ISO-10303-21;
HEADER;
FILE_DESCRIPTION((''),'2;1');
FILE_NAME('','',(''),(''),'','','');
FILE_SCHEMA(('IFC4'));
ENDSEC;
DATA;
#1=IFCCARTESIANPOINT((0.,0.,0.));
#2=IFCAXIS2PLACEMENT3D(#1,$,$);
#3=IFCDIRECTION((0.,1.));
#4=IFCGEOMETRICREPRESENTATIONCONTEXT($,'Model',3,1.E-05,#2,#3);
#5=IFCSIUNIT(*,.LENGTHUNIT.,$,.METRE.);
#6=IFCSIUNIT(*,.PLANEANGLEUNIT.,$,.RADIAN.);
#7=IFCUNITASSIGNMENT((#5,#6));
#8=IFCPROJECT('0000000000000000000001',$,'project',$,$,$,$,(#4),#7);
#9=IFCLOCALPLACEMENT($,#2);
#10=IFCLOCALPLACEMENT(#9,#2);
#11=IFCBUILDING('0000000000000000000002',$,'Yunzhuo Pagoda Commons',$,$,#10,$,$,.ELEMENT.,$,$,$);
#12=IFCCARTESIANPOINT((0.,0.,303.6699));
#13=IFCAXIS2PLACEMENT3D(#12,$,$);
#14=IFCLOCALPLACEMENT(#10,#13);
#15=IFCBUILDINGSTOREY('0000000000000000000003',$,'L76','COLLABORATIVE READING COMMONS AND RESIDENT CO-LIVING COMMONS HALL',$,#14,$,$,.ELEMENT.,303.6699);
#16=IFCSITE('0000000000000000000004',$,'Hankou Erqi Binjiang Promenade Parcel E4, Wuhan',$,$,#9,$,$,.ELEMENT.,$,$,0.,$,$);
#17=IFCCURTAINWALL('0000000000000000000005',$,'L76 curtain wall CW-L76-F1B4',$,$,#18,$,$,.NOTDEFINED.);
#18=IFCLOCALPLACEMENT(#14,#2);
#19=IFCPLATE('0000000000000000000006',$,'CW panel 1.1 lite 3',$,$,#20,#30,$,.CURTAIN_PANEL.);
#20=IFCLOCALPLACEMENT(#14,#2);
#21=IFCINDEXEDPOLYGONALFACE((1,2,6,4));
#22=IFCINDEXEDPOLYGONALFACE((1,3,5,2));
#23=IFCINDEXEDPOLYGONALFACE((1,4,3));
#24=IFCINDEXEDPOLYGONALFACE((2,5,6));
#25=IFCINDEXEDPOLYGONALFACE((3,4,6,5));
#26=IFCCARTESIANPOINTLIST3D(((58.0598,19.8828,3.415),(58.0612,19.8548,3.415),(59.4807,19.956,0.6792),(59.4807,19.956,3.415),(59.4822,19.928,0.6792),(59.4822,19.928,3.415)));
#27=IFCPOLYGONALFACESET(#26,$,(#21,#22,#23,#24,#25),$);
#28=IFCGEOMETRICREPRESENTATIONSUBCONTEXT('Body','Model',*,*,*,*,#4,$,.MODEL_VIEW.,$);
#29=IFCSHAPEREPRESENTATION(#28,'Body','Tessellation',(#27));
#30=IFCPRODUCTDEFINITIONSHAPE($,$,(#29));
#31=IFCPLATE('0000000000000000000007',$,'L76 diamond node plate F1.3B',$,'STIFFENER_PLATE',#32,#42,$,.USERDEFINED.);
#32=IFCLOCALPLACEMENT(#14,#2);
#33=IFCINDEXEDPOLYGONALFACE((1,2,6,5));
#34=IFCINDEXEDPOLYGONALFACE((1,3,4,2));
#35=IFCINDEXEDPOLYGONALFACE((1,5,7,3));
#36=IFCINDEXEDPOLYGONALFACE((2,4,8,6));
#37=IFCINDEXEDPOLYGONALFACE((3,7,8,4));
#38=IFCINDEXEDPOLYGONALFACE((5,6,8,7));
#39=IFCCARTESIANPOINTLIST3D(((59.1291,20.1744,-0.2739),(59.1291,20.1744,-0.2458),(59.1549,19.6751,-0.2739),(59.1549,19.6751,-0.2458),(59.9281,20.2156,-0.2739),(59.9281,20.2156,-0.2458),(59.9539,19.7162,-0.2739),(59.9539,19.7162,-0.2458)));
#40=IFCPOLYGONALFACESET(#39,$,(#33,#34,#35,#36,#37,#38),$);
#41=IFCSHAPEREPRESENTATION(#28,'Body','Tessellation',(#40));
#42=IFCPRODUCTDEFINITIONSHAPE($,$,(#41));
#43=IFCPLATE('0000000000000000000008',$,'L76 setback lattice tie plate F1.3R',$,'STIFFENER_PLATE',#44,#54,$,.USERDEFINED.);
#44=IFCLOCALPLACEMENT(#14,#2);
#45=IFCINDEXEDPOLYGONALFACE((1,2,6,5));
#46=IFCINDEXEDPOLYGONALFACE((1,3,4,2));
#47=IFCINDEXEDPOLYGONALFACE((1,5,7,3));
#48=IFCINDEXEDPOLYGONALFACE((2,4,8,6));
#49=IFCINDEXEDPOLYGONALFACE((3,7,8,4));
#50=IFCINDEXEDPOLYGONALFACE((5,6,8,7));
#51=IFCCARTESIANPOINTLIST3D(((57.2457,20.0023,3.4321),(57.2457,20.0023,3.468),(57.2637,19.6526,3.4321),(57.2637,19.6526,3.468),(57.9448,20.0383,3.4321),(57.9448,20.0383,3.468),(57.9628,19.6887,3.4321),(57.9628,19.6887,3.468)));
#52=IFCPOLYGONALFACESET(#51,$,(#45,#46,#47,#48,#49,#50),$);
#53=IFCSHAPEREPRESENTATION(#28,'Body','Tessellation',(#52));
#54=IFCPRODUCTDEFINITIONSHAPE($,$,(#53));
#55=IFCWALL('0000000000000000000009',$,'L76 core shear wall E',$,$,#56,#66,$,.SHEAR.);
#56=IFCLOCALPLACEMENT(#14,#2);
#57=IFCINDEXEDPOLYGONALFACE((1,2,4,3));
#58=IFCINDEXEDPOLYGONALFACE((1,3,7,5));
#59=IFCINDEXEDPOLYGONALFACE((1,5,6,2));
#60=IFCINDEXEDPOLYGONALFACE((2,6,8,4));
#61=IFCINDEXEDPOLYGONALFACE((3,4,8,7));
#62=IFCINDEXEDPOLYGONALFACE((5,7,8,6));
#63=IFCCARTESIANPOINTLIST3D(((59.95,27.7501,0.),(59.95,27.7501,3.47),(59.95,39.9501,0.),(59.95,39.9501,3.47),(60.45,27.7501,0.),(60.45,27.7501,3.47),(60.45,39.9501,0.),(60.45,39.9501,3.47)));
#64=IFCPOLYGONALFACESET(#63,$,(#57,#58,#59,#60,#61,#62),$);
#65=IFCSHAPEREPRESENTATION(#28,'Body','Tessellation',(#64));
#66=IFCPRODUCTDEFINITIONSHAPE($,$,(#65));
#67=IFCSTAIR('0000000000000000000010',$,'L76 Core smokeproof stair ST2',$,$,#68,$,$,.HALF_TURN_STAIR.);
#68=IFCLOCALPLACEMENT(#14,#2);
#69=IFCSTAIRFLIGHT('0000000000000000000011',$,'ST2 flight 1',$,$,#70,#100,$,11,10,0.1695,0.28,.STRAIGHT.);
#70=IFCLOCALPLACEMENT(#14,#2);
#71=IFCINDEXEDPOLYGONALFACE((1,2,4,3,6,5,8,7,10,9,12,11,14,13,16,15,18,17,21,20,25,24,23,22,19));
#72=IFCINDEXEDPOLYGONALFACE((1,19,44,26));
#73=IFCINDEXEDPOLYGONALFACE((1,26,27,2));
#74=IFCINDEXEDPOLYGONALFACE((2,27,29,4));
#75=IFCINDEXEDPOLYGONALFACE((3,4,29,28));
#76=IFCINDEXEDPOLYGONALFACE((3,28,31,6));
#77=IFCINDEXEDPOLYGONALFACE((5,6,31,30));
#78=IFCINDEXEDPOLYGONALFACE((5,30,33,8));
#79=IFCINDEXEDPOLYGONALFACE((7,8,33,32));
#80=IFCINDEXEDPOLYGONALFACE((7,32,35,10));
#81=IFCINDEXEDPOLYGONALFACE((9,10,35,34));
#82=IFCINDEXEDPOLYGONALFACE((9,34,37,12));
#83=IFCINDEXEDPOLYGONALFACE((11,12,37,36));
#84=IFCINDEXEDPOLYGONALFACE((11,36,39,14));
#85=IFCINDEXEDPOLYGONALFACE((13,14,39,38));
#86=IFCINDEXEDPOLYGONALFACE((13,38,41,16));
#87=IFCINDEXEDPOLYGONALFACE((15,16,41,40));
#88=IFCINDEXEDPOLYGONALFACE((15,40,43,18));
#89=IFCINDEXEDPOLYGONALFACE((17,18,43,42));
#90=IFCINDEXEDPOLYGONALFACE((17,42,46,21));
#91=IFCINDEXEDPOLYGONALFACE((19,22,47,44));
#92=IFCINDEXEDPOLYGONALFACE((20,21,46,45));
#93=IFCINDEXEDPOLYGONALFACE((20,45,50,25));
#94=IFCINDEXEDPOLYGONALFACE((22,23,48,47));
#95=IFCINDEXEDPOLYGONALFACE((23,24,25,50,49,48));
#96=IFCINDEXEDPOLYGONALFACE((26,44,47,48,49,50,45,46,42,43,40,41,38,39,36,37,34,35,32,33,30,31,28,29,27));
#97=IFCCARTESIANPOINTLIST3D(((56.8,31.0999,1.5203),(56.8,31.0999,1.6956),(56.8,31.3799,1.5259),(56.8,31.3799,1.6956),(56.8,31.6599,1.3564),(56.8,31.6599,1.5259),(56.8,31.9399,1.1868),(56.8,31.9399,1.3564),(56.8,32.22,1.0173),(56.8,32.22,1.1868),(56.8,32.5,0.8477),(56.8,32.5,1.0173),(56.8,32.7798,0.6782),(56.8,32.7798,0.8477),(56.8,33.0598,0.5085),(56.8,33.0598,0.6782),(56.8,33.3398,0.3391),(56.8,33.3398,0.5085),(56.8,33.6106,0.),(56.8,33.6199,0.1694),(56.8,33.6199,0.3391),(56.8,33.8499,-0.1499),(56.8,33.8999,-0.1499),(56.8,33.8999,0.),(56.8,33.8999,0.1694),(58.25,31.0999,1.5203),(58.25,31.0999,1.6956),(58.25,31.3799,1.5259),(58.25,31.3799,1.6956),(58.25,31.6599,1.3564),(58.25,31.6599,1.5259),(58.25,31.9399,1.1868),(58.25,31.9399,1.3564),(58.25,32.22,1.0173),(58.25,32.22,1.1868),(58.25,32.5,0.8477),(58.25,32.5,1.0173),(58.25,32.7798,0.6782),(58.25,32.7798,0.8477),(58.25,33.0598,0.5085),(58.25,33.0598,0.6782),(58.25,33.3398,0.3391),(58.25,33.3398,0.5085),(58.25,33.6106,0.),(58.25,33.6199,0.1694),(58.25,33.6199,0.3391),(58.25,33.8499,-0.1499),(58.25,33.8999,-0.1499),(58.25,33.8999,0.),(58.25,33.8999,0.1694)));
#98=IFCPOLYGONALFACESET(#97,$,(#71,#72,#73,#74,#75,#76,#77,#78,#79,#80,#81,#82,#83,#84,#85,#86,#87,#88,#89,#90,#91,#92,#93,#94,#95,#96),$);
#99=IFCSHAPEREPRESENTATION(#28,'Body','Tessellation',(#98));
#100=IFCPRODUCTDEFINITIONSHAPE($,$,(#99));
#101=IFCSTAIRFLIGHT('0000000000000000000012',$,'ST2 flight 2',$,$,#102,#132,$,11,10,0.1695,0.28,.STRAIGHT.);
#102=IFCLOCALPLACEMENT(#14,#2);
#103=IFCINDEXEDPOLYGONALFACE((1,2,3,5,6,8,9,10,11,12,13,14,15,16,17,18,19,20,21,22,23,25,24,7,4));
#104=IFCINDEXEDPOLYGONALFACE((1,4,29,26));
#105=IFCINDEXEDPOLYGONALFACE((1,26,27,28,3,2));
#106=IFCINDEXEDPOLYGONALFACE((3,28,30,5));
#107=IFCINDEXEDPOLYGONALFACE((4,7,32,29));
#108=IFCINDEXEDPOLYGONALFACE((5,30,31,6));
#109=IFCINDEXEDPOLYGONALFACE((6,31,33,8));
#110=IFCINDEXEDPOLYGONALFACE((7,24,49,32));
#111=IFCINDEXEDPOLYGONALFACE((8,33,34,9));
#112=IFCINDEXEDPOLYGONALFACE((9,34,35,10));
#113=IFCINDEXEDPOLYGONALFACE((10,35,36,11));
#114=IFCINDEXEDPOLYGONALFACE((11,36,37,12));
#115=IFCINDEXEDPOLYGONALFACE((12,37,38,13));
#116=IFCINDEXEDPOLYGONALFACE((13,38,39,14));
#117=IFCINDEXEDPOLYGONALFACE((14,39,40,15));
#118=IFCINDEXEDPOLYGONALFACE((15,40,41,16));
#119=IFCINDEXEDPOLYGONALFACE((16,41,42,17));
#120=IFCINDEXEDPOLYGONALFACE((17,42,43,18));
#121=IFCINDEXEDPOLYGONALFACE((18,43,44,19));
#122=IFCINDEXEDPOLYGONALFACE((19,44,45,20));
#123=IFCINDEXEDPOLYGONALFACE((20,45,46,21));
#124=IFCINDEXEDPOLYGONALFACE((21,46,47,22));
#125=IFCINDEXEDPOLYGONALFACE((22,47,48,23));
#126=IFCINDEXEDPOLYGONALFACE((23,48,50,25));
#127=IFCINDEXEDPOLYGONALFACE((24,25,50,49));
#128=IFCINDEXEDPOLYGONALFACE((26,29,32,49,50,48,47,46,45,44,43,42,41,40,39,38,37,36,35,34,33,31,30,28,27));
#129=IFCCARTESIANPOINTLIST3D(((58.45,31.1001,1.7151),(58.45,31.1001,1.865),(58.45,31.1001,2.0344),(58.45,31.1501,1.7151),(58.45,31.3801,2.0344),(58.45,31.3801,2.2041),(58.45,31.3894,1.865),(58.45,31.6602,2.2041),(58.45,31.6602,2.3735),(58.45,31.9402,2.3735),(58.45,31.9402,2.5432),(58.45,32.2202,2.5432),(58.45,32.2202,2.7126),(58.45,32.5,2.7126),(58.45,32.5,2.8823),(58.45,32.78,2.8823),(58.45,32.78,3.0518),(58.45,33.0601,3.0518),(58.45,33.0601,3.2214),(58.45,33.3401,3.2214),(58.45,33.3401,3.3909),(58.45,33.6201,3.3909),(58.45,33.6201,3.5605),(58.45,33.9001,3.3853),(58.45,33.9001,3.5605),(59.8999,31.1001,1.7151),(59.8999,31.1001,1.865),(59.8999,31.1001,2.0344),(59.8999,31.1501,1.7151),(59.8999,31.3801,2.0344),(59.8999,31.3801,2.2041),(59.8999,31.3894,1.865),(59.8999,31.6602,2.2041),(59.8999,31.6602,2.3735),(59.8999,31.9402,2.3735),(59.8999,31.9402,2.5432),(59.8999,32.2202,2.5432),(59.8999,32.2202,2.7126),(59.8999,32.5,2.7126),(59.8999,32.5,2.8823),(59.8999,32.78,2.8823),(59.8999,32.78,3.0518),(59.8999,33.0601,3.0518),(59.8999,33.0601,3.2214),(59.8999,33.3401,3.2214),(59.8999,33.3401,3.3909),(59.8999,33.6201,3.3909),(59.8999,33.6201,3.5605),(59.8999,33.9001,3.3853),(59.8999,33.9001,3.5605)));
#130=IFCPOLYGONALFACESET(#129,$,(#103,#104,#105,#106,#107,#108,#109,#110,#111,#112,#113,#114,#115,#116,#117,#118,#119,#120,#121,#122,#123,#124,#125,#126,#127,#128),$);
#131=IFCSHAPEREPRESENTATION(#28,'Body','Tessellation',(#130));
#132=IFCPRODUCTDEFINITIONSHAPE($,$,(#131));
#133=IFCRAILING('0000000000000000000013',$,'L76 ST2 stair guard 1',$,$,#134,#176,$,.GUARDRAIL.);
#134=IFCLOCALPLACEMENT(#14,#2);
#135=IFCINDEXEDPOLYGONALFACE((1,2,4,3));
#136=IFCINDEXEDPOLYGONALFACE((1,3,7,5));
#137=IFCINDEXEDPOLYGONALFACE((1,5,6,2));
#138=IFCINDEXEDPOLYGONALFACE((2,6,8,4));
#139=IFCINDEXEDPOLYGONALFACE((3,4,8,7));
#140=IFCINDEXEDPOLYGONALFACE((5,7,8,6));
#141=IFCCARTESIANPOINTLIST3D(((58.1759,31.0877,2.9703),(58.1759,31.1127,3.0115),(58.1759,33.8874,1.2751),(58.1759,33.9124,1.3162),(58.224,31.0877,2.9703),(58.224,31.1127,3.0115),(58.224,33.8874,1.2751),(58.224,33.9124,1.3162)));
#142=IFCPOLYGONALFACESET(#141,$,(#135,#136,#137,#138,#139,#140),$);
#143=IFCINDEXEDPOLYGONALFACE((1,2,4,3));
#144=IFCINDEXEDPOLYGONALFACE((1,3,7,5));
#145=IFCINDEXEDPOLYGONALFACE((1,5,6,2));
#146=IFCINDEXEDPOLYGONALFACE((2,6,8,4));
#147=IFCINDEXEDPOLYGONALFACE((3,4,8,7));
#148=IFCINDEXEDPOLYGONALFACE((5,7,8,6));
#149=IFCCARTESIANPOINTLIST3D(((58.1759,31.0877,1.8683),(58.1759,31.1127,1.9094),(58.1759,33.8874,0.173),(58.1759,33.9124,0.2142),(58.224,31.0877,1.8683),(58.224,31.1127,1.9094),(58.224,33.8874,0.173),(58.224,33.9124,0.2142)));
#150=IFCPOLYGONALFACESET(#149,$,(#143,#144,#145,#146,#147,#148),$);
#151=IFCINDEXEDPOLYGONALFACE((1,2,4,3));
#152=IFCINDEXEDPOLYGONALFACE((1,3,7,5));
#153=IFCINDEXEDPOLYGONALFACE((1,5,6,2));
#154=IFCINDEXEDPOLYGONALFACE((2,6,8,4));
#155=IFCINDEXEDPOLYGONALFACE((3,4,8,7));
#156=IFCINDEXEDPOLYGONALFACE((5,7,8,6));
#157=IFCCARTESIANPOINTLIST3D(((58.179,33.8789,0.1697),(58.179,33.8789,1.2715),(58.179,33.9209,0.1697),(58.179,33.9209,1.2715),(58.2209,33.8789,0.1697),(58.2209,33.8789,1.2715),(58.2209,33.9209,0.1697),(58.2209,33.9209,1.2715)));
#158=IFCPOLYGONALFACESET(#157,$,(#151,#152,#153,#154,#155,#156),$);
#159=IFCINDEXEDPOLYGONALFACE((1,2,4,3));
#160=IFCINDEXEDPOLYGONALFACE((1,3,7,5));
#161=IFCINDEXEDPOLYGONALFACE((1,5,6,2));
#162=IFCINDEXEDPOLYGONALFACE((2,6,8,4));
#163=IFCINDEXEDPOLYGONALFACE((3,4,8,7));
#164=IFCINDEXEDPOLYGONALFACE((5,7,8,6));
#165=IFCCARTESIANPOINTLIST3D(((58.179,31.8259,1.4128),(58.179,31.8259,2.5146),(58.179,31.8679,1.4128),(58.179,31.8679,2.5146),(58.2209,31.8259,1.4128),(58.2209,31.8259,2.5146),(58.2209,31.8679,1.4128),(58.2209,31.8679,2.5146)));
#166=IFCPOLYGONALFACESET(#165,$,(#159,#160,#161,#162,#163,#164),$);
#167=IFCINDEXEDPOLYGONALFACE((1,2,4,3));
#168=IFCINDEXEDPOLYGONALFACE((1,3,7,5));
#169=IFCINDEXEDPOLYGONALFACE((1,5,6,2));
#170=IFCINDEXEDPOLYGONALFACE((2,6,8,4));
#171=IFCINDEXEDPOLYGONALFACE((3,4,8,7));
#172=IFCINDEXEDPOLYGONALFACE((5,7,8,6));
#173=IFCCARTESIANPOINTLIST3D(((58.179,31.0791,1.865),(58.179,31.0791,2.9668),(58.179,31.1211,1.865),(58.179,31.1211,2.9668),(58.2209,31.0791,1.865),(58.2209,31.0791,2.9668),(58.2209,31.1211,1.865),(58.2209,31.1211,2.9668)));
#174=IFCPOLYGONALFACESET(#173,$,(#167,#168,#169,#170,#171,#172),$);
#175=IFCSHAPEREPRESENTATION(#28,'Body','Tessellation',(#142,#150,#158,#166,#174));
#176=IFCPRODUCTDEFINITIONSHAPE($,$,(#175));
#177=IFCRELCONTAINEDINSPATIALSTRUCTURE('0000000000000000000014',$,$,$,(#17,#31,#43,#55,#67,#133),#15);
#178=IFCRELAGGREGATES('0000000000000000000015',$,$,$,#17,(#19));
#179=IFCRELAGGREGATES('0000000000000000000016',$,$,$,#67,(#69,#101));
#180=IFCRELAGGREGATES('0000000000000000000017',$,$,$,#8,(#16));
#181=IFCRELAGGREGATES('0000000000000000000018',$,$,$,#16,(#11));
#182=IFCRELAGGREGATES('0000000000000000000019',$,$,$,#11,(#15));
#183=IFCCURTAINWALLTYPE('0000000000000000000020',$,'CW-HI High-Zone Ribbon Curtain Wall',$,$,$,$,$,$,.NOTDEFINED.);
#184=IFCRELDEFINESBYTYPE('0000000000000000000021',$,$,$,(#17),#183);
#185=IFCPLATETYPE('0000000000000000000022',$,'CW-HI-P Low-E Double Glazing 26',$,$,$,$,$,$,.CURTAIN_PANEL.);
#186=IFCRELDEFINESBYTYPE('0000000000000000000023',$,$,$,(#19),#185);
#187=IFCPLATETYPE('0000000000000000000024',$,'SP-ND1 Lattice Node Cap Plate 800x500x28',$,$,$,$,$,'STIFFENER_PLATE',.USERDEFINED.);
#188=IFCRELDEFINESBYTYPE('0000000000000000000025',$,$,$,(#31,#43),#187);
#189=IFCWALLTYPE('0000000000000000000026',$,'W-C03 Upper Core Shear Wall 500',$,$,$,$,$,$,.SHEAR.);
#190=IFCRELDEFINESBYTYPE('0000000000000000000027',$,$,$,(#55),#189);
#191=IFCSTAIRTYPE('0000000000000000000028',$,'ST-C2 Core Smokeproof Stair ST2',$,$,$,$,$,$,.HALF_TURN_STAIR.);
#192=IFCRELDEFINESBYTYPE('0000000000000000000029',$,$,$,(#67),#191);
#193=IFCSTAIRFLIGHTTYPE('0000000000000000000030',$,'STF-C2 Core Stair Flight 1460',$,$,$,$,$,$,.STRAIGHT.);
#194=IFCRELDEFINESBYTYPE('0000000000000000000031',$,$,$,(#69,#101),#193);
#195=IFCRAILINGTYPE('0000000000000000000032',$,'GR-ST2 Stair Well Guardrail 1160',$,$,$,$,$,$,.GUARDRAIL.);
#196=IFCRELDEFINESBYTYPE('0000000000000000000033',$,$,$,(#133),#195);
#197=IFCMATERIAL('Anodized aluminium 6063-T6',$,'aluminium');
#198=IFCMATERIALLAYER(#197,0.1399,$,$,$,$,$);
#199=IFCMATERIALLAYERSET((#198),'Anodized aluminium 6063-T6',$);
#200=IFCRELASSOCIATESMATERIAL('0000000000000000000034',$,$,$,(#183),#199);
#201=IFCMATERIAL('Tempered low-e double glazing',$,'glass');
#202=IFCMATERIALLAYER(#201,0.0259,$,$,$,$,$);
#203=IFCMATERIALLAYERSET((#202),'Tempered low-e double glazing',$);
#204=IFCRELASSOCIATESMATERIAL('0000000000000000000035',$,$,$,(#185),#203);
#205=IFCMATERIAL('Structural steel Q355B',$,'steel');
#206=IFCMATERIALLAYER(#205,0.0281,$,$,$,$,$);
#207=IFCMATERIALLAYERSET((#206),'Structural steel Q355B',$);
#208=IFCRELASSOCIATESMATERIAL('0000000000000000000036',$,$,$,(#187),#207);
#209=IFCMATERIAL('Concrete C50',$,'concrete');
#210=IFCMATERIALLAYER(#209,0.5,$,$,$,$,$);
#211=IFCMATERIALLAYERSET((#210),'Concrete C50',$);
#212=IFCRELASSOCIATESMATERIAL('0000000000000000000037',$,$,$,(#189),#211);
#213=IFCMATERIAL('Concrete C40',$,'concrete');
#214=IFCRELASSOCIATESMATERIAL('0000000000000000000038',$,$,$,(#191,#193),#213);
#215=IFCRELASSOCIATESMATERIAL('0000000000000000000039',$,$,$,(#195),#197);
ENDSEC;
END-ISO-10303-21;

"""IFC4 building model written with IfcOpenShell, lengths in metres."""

from ifc_helpers import new_model, si_unit, direction, frame, frame_2d, origin, origin_2d, place, context, subcontext, project, spatial, polyline, rectangle, outline, extrude, source, transform, mapped, material, layer, layer_set, type_object, element, aggregate, save


model = new_model("IFC4")

# Units and contexts
model_context = context("Model", 3, precision=1e-05, world=origin(), true_north=direction((0.0, 1.0)))
body_context = subcontext(model_context, "Body", "Model", "MODEL_VIEW")
ifc_project = project(units=[si_unit("LENGTHUNIT", "METRE"), si_unit("PLANEANGLEUNIT", "RADIAN")], contexts=[model_context])

# Site, building, storey
site_placement = place(None, origin())
site = spatial("IfcSite", under=ifc_project, at=site_placement, Name="Hankou Erqi Binjiang Promenade Parcel E4, Wuhan", CompositionType="ELEMENT", RefElevation=0.0)
building_placement = place(site_placement, origin())
building = spatial("IfcBuilding", under=site, at=building_placement, Name="Yunzhuo Pagoda Commons", CompositionType="ELEMENT")
storey_placement = place(building_placement, frame((0.0, 0.0, 303.6699)))
storey = spatial("IfcBuildingStorey", under=building, at=storey_placement, Name="L76", Description="COLLABORATIVE READING COMMONS AND RESIDENT CO-LIVING COMMONS HALL", CompositionType="ELEMENT", Elevation=303.6699)

# Shared definitions
ifc_material_1 = material(Name="Structural steel Q355B", Category="steel")

# Curtain wall
ifc_material_2 = material(Name="Anodized aluminium 6063-T6", Category="aluminium")
ifc_layer_1 = layer(ifc_material_2, 0.1399)
ifc_layer_set_1 = layer_set([ifc_layer_1], Name="Anodized aluminium 6063-T6")
curtain_wall_type = type_object("IfcCurtainWallType", Name="CW-HI High-Zone Ribbon Curtain Wall", PredefinedType="NOTDEFINED", material=ifc_layer_set_1)
curtain_wall_1_placement = place(storey_placement, origin())
curtain_wall_1 = element("IfcCurtainWall", 1, at=curtain_wall_1_placement, inside=storey, type_object=curtain_wall_type, Name="L76 curtain wall CW-L76-F1B4", PredefinedType="NOTDEFINED")

# Plate
ifc_material_3 = material(Name="Tempered low-e double glazing", Category="glass")
ifc_layer_2 = layer(ifc_material_3, 0.0259)
ifc_layer_set_2 = layer_set([ifc_layer_2], Name="Tempered low-e double glazing")
plate_type_1 = type_object("IfcPlateType", Name="CW-HI-P Low-E Double Glazing 26", PredefinedType="CURTAIN_PANEL", material=ifc_layer_set_2)
plate_1_placement = place(storey_placement, frame((58.7703, 19.9194, 2.0471), z_axis=(0.051462, -0.998675, 0.0), x_axis=(0.998675, 0.051462, 0.0)))
plate_1 = element("IfcPlate", 2, at=plate_1_placement, type_object=plate_type_1, Name="CW panel 1.1 lite 3", PredefinedType="CURTAIN_PANEL", context=body_context, shape_type="SweptSolid", body=[
    extrude(outline(polyline([(-0.7114, 1.3679), (0.7114, -1.3679), (0.7114, 1.3679), (-0.7114, 1.3679)])), origin(), (0.0, 0.0, 1.0), 0.0281),
])
aggregate(curtain_wall_1, [plate_1])

# Plates
ifc_layer_3 = layer(ifc_material_1, 0.0281)
ifc_layer_set_3 = layer_set([ifc_layer_3], Name="Structural steel Q355B")
plate_type_2 = type_object("IfcPlateType", Name="SP-ND1 Lattice Node Cap Plate 800x500x28", ElementType="STIFFENER_PLATE", PredefinedType="USERDEFINED", material=ifc_layer_set_3)
shared_shape_1 = source(origin(), body_context, "Body", "SweptSolid", [
    extrude(rectangle(XDim=0.8, YDim=0.5, at=origin_2d()), origin(), (0.0, 0.0, 1.0), 0.0281),
])
plate_2_placement = place(storey_placement, frame((59.5415, 19.9453, -0.2739), z_axis=(0.0, 0.0, 1.0), x_axis=(0.998675, 0.051464, 0.0)))
element("IfcPlate", 3, at=plate_2_placement, inside=storey, type_object=plate_type_2, Name="L76 diamond node plate F1.3B", ObjectType="STIFFENER_PLATE", PredefinedType="USERDEFINED", context=body_context, shape_type="MappedRepresentation", body=[
    mapped(shared_shape_1, transform((0.0, 0.0, 0.0), scale=1.0)),
])
shared_shape_2 = source(origin(), body_context, "Body", "SweptSolid", [
    extrude(rectangle(XDim=0.7, YDim=0.3501, at=origin_2d()), origin(), (0.0, 0.0, 1.0), 0.0359),
])
plate_3_placement = place(storey_placement, frame((57.6042, 19.8455, 3.4321), z_axis=(0.0, 0.0, 1.0), x_axis=(0.998675, 0.051464, 0.0)))
element("IfcPlate", 4, at=plate_3_placement, inside=storey, type_object=plate_type_2, Name="L76 setback lattice tie plate F1.3R", ObjectType="STIFFENER_PLATE", PredefinedType="USERDEFINED", context=body_context, shape_type="MappedRepresentation", body=[
    mapped(shared_shape_2, transform((0.0, 0.0, 0.0), scale=1.0)),
])

# Wall
ifc_material_4 = material(Name="Concrete C50", Category="concrete")
ifc_layer_4 = layer(ifc_material_4, 0.5)
ifc_layer_set_4 = layer_set([ifc_layer_4], Name="Concrete C50")
wall_type = type_object("IfcWallType", Name="W-C03 Upper Core Shear Wall 500", PredefinedType="SHEAR", material=ifc_layer_set_4)
wall_placement = place(storey_placement, frame((60.2, 27.75, 0.0), z_axis=(0.0, 0.0, 1.0), x_axis=(0.0, 1.0, 0.0)))
element("IfcWall", 5, at=wall_placement, inside=storey, type_object=wall_type, Name="L76 core shear wall E", PredefinedType="SHEAR", context=body_context, shape_type="SweptSolid", body=[
    extrude(rectangle(XDim=12.2, YDim=0.5, at=frame_2d((6.1001, 0.0))), origin(), (0.0, 0.0, 1.0), 3.47),
])

# Stair, stair flights
ifc_material_5 = material(Name="Concrete C40", Category="concrete")
stair_type = type_object("IfcStairType", Name="ST-C2 Core Smokeproof Stair ST2", PredefinedType="HALF_TURN_STAIR", material=ifc_material_5)
stair_placement = place(storey_placement, origin())
stair = element("IfcStair", 6, at=stair_placement, inside=storey, type_object=stair_type, Name="L76 Core smokeproof stair ST2", PredefinedType="HALF_TURN_STAIR")
stair_flight_type = type_object("IfcStairFlightType", Name="STF-C2 Core Stair Flight 1460", PredefinedType="STRAIGHT", material=ifc_material_5)
shared_shape_3 = source(origin(), body_context, "Body", "SweptSolid", [
    extrude(outline(polyline([(0.0, -0.1499), (0.0, 0.0), (0.0, 0.1694), (0.28, 0.1694), (0.28, 0.3391), (0.5601, 0.3391), (0.5601, 0.5085), (0.8401, 0.5085), (0.8401, 0.6782), (1.1201, 0.6782), (1.1201, 0.8477), (1.3999, 0.8477), (1.3999, 1.0173), (1.6799, 1.0173), (1.6799, 1.1868), (1.96, 1.1868), (1.96, 1.3564), (2.24, 1.3564), (2.24, 1.5259), (2.52, 1.5259), (2.52, 1.6956), (2.8, 1.6956), (2.8, 1.865), (2.8, 1.5203), (0.2893, 0.0), (0.05, -0.1499), (0.0, -0.1499)])), frame((0.0, 0.7251, 0.0), z_axis=(0.0, -1.0, 0.0), x_axis=(1.0, 0.0, 0.0)), (0.0, 0.0, 1.0), 1.45),
])
stair_flight_1_placement = place(storey_placement, frame((57.5249, 33.8999, 0.0), z_axis=(0.0, 0.0, 1.0), x_axis=(0.0, -1.0, 0.0)))
stair_flight_1 = element("IfcStairFlight", 7, at=stair_flight_1_placement, type_object=stair_flight_type, Name="ST2 flight 1", NumberOfRisers=11, NumberOfTreads=10, PredefinedType="STRAIGHT", RiserHeight=0.1695, TreadLength=0.28, context=body_context, shape_type="MappedRepresentation", body=[
    mapped(shared_shape_3, transform((0.0, 0.0, 0.0), scale=1.0)),
])
stair_flight_2_placement = place(storey_placement, frame((59.175, 31.1001, 1.865), z_axis=(0.0, 0.0, 1.0), x_axis=(0.0, 1.0, 0.0)))
stair_flight_2 = element("IfcStairFlight", 8, at=stair_flight_2_placement, type_object=stair_flight_type, Name="ST2 flight 2", NumberOfRisers=11, NumberOfTreads=10, PredefinedType="STRAIGHT", RiserHeight=0.1695, TreadLength=0.28, context=body_context, shape_type="MappedRepresentation", body=[
    mapped(shared_shape_3, transform((0.0, 0.0, 0.0), scale=1.0)),
])
aggregate(stair, [stair_flight_1, stair_flight_2])

# Railing
railing_type_1 = type_object("IfcRailingType", Name="GR-ST2 Stair Well Guardrail 1160", PredefinedType="GUARDRAIL", material=ifc_material_2)
railing_1_placement = place(storey_placement, frame((58.2, 33.8999, 0.1697)))
element("IfcRailing", 9, at=railing_1_placement, inside=storey, type_object=railing_type_1, Name="L76 ST2 stair guard 1", PredefinedType="GUARDRAIL", context=body_context, shape_type="SweptSolid", body=[
    extrude(rectangle(XDim=0.0481, YDim=0.0481, at=origin_2d()), frame((0.0, 0.0, 1.126), z_axis=(0.0, -0.855406, 0.517958), x_axis=(1.0, 0.0, 0.0)), (0.0, 0.0, 1.0), 3.2729),
    extrude(rectangle(XDim=0.0481, YDim=0.0481, at=origin_2d()), frame((0.0, 0.0, 0.0239), z_axis=(0.0, -0.855406, 0.517958), x_axis=(1.0, 0.0, 0.0)), (0.0, 0.0, 1.0), 3.2729),
    extrude(rectangle(XDim=0.042, YDim=0.042, at=origin_2d()), origin(), (0.0, 0.0, 1.0), 1.1018),
    extrude(rectangle(XDim=0.042, YDim=0.042, at=origin_2d()), frame((0.0, -2.053, 1.2432)), (0.0, 0.0, 1.0), 1.1018),
    extrude(rectangle(XDim=0.042, YDim=0.042, at=origin_2d()), frame((0.0, -2.7998, 1.6953)), (0.0, 0.0, 1.0), 1.1018),
])

save(model, "model.ifc")
